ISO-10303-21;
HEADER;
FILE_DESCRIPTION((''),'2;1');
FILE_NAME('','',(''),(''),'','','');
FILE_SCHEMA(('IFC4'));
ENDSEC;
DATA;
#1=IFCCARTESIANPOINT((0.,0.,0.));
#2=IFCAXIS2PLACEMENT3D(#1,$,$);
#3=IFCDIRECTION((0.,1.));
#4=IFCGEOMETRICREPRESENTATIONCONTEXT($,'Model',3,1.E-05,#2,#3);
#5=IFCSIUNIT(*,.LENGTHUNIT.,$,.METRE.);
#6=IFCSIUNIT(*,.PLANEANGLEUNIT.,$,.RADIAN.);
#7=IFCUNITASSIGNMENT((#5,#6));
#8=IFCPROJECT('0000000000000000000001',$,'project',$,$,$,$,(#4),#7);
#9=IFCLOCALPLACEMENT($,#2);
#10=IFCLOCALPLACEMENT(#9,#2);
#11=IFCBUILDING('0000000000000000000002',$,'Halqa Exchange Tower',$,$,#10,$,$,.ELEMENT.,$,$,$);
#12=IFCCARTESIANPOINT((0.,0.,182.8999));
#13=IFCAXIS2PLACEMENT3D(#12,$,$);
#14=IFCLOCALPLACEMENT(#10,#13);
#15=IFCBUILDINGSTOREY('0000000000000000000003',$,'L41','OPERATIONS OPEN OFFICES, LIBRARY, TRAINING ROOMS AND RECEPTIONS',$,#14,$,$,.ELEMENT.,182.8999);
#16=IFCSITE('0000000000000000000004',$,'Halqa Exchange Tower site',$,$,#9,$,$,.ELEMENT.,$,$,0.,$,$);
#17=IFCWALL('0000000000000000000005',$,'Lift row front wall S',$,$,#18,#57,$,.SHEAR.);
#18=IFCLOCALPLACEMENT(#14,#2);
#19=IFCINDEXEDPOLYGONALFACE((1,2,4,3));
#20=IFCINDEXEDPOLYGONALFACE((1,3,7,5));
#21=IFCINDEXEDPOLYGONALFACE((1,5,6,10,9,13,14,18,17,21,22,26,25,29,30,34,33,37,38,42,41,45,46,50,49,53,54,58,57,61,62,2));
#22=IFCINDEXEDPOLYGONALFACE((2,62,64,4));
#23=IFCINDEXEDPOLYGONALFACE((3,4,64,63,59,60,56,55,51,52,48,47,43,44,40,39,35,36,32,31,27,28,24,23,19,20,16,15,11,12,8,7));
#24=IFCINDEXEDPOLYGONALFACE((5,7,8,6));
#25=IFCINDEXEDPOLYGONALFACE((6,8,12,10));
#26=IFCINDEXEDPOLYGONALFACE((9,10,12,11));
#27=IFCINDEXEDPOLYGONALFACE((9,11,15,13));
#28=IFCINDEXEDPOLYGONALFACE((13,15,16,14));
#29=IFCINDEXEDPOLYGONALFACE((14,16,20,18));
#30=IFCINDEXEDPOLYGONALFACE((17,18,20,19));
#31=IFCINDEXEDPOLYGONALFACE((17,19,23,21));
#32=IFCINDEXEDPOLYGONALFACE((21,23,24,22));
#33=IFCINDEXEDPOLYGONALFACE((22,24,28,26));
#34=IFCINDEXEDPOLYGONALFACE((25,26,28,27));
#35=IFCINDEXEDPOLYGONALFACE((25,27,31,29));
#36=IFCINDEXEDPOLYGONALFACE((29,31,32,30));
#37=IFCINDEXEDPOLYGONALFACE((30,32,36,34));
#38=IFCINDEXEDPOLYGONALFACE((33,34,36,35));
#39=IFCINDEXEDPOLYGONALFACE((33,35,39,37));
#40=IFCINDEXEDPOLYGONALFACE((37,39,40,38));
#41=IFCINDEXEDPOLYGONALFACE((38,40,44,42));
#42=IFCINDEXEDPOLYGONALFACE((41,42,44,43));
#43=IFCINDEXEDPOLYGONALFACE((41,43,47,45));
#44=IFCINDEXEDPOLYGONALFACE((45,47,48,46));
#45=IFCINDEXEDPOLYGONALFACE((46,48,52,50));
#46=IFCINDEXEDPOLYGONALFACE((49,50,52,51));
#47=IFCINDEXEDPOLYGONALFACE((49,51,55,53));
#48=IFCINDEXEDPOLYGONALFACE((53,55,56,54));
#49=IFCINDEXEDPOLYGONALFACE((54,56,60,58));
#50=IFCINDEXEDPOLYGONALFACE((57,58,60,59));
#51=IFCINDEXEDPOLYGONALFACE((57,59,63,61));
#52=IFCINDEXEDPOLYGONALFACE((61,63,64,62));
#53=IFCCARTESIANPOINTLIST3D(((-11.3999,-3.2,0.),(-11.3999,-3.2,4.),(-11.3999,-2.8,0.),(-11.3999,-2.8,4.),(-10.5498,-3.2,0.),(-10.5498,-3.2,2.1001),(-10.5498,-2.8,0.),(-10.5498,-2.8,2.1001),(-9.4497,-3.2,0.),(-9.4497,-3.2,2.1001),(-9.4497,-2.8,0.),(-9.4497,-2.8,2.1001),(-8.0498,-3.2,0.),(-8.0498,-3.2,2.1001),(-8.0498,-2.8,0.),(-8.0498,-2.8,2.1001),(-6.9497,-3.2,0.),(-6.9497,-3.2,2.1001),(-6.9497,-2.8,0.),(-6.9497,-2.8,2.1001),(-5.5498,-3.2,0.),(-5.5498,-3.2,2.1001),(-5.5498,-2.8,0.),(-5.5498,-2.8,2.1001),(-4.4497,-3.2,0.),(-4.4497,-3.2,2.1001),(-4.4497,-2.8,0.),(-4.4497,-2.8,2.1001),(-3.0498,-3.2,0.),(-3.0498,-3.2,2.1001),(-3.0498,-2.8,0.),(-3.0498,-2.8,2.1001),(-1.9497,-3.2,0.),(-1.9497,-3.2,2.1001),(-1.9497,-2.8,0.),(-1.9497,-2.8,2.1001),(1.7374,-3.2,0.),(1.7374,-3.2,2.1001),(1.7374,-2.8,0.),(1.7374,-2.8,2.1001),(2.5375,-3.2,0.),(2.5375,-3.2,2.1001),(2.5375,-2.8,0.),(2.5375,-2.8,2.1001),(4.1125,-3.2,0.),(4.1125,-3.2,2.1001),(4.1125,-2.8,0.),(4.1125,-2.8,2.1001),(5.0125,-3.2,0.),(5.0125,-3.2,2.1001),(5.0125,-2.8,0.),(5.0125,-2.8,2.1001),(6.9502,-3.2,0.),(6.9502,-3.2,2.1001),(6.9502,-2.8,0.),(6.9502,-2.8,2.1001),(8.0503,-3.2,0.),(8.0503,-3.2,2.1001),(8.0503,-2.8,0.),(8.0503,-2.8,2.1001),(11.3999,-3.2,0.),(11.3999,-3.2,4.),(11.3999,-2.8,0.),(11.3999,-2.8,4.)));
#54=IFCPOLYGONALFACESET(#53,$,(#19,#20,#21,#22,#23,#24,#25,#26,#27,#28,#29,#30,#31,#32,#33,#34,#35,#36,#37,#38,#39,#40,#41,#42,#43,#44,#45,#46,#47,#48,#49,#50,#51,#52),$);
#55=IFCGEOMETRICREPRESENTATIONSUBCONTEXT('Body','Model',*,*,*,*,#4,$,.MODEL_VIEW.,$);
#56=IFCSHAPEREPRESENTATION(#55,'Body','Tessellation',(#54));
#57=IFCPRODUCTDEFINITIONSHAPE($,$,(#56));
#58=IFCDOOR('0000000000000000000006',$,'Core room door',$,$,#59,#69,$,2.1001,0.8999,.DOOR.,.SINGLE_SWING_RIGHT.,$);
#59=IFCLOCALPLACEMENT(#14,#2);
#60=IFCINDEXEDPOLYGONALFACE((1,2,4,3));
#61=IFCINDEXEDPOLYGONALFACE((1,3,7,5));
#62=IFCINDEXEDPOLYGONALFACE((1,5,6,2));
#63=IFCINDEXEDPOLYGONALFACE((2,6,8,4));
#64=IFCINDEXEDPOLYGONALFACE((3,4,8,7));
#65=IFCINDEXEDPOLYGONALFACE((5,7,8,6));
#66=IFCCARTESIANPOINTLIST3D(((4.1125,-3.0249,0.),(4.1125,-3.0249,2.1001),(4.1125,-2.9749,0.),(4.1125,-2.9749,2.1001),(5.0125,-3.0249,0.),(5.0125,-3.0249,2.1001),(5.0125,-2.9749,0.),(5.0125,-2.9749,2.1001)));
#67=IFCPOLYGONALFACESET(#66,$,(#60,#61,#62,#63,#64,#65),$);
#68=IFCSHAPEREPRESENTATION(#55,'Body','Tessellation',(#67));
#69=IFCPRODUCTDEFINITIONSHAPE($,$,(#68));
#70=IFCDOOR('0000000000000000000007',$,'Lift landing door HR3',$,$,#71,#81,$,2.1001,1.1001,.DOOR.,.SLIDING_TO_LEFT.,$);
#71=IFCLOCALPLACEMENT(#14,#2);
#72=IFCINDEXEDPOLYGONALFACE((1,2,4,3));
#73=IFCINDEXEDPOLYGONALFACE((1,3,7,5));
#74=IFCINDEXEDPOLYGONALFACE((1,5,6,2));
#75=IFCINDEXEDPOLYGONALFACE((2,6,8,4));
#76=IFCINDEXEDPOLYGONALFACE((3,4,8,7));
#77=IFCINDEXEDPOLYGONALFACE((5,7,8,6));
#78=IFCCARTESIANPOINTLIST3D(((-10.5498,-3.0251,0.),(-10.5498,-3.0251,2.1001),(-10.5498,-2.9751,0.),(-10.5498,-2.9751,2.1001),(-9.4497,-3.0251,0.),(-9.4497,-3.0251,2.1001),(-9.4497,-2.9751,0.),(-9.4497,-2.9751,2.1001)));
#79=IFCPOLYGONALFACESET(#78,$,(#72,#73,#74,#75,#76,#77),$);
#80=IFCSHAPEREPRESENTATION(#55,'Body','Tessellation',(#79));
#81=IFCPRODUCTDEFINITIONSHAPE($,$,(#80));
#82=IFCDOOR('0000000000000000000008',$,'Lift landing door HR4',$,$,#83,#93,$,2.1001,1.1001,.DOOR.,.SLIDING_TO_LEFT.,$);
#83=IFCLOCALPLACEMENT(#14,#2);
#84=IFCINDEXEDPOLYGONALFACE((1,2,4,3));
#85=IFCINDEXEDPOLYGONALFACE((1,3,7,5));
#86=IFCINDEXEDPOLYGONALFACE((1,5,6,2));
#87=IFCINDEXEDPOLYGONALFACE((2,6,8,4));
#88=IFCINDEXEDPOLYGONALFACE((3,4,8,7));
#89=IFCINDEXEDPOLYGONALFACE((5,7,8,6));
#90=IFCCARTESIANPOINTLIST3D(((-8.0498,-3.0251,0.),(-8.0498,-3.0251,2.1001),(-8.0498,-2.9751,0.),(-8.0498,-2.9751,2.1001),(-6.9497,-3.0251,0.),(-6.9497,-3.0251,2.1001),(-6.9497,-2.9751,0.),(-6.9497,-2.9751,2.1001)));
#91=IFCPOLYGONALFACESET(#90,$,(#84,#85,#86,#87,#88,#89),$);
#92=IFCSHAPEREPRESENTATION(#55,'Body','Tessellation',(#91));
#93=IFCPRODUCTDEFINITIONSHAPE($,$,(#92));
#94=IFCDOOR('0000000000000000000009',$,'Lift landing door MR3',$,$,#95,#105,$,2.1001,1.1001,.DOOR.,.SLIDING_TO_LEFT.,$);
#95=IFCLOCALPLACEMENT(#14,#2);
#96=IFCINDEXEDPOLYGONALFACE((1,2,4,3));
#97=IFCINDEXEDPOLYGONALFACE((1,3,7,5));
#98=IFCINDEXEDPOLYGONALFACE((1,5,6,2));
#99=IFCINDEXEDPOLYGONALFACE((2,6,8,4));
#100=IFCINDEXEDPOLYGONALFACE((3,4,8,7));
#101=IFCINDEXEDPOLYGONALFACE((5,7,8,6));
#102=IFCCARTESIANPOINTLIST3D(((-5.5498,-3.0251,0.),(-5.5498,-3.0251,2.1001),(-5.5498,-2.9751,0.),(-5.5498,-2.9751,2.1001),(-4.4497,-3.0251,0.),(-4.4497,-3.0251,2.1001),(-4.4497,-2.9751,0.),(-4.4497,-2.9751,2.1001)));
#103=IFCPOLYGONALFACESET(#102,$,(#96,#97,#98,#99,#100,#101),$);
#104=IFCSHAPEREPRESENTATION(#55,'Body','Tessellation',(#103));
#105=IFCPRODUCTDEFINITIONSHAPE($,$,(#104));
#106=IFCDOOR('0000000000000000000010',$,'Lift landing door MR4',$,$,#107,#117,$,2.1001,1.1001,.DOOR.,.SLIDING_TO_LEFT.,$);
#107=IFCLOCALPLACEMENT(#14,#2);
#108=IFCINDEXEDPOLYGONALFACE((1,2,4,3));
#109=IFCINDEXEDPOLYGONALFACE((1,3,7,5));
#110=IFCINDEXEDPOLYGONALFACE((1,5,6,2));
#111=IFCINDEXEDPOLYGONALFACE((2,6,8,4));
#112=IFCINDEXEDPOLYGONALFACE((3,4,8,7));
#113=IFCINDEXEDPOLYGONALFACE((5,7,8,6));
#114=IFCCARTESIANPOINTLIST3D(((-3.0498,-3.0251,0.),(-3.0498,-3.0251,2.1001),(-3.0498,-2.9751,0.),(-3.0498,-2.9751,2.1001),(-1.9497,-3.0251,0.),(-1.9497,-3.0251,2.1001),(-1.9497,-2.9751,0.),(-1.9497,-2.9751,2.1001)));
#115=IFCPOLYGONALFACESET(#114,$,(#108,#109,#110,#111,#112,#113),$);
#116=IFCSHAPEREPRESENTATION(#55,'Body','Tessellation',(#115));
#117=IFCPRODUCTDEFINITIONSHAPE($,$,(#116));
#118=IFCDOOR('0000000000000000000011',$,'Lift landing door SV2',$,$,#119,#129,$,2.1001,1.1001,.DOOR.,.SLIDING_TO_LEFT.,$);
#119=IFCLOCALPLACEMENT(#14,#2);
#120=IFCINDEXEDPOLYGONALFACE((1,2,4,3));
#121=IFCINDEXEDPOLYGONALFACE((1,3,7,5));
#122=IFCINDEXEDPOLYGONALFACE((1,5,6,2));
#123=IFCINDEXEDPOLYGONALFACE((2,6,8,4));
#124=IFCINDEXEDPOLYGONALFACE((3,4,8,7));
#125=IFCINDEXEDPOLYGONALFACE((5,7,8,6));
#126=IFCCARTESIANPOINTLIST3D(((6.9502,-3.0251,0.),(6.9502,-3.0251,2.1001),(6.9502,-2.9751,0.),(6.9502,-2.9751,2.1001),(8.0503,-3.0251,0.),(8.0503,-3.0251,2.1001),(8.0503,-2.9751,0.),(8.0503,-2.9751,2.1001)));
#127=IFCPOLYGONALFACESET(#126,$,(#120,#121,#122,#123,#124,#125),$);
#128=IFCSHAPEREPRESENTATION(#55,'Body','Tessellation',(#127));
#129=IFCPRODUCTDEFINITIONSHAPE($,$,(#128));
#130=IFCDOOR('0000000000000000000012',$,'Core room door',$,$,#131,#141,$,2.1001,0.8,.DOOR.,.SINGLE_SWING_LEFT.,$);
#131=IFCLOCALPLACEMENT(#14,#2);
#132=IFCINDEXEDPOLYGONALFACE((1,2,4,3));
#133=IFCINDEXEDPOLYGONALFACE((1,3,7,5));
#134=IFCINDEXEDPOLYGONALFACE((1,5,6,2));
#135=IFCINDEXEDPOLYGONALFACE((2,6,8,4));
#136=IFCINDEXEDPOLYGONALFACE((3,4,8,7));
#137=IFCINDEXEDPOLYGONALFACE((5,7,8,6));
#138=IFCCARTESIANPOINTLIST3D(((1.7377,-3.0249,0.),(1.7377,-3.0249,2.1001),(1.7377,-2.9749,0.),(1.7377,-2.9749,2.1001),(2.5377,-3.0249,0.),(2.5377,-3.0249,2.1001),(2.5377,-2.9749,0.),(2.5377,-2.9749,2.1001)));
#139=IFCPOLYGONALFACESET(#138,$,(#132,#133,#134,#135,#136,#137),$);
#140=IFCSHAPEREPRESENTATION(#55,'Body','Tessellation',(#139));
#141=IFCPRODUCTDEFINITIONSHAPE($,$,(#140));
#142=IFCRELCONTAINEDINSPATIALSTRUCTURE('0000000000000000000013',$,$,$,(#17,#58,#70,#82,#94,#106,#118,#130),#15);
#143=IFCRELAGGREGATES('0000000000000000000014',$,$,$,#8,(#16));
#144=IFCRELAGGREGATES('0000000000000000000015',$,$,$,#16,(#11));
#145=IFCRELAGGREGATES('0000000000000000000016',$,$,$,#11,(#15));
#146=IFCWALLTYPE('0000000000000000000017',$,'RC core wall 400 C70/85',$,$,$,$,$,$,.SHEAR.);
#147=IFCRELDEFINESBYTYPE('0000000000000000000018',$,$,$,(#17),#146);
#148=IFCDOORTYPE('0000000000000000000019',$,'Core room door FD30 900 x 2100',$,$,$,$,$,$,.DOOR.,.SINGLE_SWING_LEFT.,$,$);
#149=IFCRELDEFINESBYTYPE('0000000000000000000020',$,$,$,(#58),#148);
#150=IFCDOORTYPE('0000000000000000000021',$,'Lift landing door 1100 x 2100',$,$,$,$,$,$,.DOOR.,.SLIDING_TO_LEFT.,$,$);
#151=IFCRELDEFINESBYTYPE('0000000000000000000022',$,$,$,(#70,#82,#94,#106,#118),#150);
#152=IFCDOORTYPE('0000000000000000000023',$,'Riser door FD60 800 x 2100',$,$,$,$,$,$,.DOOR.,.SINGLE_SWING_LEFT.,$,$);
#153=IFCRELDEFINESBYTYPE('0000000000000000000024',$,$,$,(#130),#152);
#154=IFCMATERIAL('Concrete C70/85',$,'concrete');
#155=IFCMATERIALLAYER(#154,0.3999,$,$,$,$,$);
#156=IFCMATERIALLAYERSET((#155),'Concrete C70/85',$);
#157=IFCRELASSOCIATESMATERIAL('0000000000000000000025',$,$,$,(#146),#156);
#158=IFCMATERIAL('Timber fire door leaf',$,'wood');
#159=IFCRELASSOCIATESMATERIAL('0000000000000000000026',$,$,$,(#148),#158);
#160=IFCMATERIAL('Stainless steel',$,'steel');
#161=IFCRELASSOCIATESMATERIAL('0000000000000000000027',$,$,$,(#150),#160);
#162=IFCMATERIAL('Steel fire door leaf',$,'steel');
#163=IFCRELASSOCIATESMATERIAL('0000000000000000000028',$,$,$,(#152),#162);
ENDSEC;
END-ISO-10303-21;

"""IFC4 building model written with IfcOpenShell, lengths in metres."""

from ifc_helpers import new_model, si_unit, direction, frame, frame_2d, origin, place, context, subcontext, project, spatial, rectangle, extrude, material, layer, layer_set, type_object, element, fill, save


model = new_model("IFC4")

# Units and contexts
model_context = context("Model", 3, precision=1e-05, world=origin(), true_north=direction((0.0, 1.0)))
body_context = subcontext(model_context, "Body", "Model", "MODEL_VIEW")
ifc_project = project(units=[si_unit("LENGTHUNIT", "METRE"), si_unit("PLANEANGLEUNIT", "RADIAN")], contexts=[model_context])

# Site, building, storey
site_placement = place(None, origin())
site = spatial("IfcSite", under=ifc_project, at=site_placement, Name="Halqa Exchange Tower site", CompositionType="ELEMENT", RefElevation=0.0)
building_placement = place(site_placement, origin())
building = spatial("IfcBuilding", under=site, at=building_placement, Name="Halqa Exchange Tower", CompositionType="ELEMENT")
storey_placement = place(building_placement, frame((0.0, 0.0, 182.8999)))
storey = spatial("IfcBuildingStorey", under=building, at=storey_placement, Name="L41", Description="OPERATIONS OPEN OFFICES, LIBRARY, TRAINING ROOMS AND RECEPTIONS", CompositionType="ELEMENT", Elevation=182.8999)

# Wall, openings, doors
ifc_material_1 = material(Name="Concrete C70/85", Category="concrete")
ifc_layer_1 = layer(ifc_material_1, 0.3999)
ifc_layer_set_1 = layer_set([ifc_layer_1], Name="Concrete C70/85")
wall_type_1 = type_object("IfcWallType", Name="RC core wall 400 C70/85", PredefinedType="SHEAR", material=ifc_layer_set_1)
wall_1_placement = place(storey_placement, frame((-11.3999, -3.0, 0.0), z_axis=(0.0, 0.0, 1.0), x_axis=(1.0, 0.0, 0.0)))
wall_1 = element("IfcWall", 1, at=wall_1_placement, inside=storey, type_object=wall_type_1, Name="Lift row front wall S", PredefinedType="SHEAR", context=body_context, shape_type="SweptSolid", body=[
    extrude(rectangle(XDim=22.7998, YDim=0.3999, at=frame_2d((11.3999, 0.0))), origin(), (0.0, 0.0, 1.0), 4.0),
])
opening_1_placement = place(wall_1_placement, frame((0.8501, 0.0, 0.0)))
opening_1 = element("IfcOpeningElement", 2, at=opening_1_placement, cuts=wall_1, PredefinedType="OPENING", context=body_context, shape_type="SweptSolid", body=[
    extrude(rectangle(XDim=1.1001, YDim=2.1001, at=frame_2d((0.55, 1.05))), frame((0.0, 0.2119, 0.0), z_axis=(0.0, -1.0, 0.0), x_axis=(1.0, 0.0, 0.0)), (0.0, 0.0, 1.0), 0.4238),
])
opening_2_placement = place(wall_1_placement, frame((3.3501, 0.0, 0.0)))
opening_2 = element("IfcOpeningElement", 3, at=opening_2_placement, cuts=wall_1, PredefinedType="OPENING", context=body_context, shape_type="SweptSolid", body=[
    extrude(rectangle(XDim=1.1001, YDim=2.1001, at=frame_2d((0.55, 1.05))), frame((0.0, 0.2119, 0.0), z_axis=(0.0, -1.0, 0.0), x_axis=(1.0, 0.0, 0.0)), (0.0, 0.0, 1.0), 0.4238),
])
opening_3_placement = place(wall_1_placement, frame((5.8501, 0.0, 0.0)))
opening_3 = element("IfcOpeningElement", 4, at=opening_3_placement, cuts=wall_1, PredefinedType="OPENING", context=body_context, shape_type="SweptSolid", body=[
    extrude(rectangle(XDim=1.1001, YDim=2.1001, at=frame_2d((0.55, 1.05))), frame((0.0, 0.2119, 0.0), z_axis=(0.0, -1.0, 0.0), x_axis=(1.0, 0.0, 0.0)), (0.0, 0.0, 1.0), 0.4238),
])
opening_4_placement = place(wall_1_placement, frame((8.3501, 0.0, 0.0)))
opening_4 = element("IfcOpeningElement", 5, at=opening_4_placement, cuts=wall_1, PredefinedType="OPENING", context=body_context, shape_type="SweptSolid", body=[
    extrude(rectangle(XDim=1.1001, YDim=2.1001, at=frame_2d((0.55, 1.05))), frame((0.0, 0.2119, 0.0), z_axis=(0.0, -1.0, 0.0), x_axis=(1.0, 0.0, 0.0)), (0.0, 0.0, 1.0), 0.4238),
])
opening_5_placement = place(wall_1_placement, frame((18.3501, 0.0, 0.0)))
opening_5 = element("IfcOpeningElement", 6, at=opening_5_placement, cuts=wall_1, PredefinedType="OPENING", context=body_context, shape_type="SweptSolid", body=[
    extrude(rectangle(XDim=1.1001, YDim=2.1001, at=frame_2d((0.55, 1.05))), frame((0.0, 0.2119, 0.0), z_axis=(0.0, -1.0, 0.0), x_axis=(1.0, 0.0, 0.0)), (0.0, 0.0, 1.0), 0.4238),
])
opening_6_placement = place(wall_1_placement, frame((13.1375, 0.0, 0.0)))
opening_6 = element("IfcOpeningElement", 7, at=opening_6_placement, cuts=wall_1, PredefinedType="OPENING", context=body_context, shape_type="SweptSolid", body=[
    extrude(rectangle(XDim=0.8, YDim=2.1001, at=frame_2d((0.3999, 1.05))), frame((0.0, 0.2119, 0.0), z_axis=(0.0, -1.0, 0.0), x_axis=(1.0, 0.0, 0.0)), (0.0, 0.0, 1.0), 0.4238),
])
opening_7_placement = place(wall_1_placement, frame((15.5125, 0.0, 0.0)))
opening_7 = element("IfcOpeningElement", 8, at=opening_7_placement, cuts=wall_1, PredefinedType="OPENING", context=body_context, shape_type="SweptSolid", body=[
    extrude(rectangle(XDim=0.8999, YDim=2.1001, at=frame_2d((0.45, 1.05))), frame((0.0, 0.2119, 0.0), z_axis=(0.0, -1.0, 0.0), x_axis=(1.0, 0.0, 0.0)), (0.0, 0.0, 1.0), 0.4238),
])
ifc_material_2 = material(Name="Timber fire door leaf", Category="wood")
door_type_1 = type_object("IfcDoorType", Name="Core room door FD30 900 x 2100", OperationType="SINGLE_SWING_LEFT", PredefinedType="DOOR", material=ifc_material_2)
door_1_placement = place(opening_7_placement, frame((0.8999, 0.0, 0.0), z_axis=(0.0, 0.0, 1.0), x_axis=(-1.0, 0.0, 0.0)))
door_1 = element("IfcDoor", 9, at=door_1_placement, inside=storey, type_object=door_type_1, Name="Core room door", OperationType="SINGLE_SWING_RIGHT", OverallHeight=2.1001, OverallWidth=0.8999, PredefinedType="DOOR", context=body_context, shape_type="SweptSolid", body=[
    extrude(rectangle(XDim=0.8999, YDim=2.1001, at=frame_2d((0.45, 1.05))), frame((0.0, 0.0249, 0.0), z_axis=(0.0, -1.0, 0.0), x_axis=(1.0, 0.0, 0.0)), (0.0, 0.0, 1.0), 0.05),
])
fill(opening_7, door_1)
ifc_material_3 = material(Name="Stainless steel", Category="steel")
door_type_2 = type_object("IfcDoorType", Name="Lift landing door 1100 x 2100", OperationType="SLIDING_TO_LEFT", PredefinedType="DOOR", material=ifc_material_3)
door_2_placement = place(opening_1_placement, origin())
door_2 = element("IfcDoor", 10, at=door_2_placement, inside=storey, type_object=door_type_2, Name="Lift landing door HR3", OperationType="SLIDING_TO_LEFT", OverallHeight=2.1001, OverallWidth=1.1001, PredefinedType="DOOR", context=body_context, shape_type="SweptSolid", body=[
    extrude(rectangle(XDim=1.1001, YDim=2.1001, at=frame_2d((0.55, 1.05))), frame((0.0, 0.0249, 0.0), z_axis=(0.0, -1.0, 0.0), x_axis=(1.0, 0.0, 0.0)), (0.0, 0.0, 1.0), 0.05),
])
fill(opening_1, door_2)
door_3_placement = place(opening_2_placement, origin())
door_3 = element("IfcDoor", 11, at=door_3_placement, inside=storey, type_object=door_type_2, Name="Lift landing door HR4", OperationType="SLIDING_TO_LEFT", OverallHeight=2.1001, OverallWidth=1.1001, PredefinedType="DOOR", context=body_context, shape_type="SweptSolid", body=[
    extrude(rectangle(XDim=1.1001, YDim=2.1001, at=frame_2d((0.55, 1.05))), frame((0.0, 0.0249, 0.0), z_axis=(0.0, -1.0, 0.0), x_axis=(1.0, 0.0, 0.0)), (0.0, 0.0, 1.0), 0.05),
])
fill(opening_2, door_3)
door_4_placement = place(opening_3_placement, origin())
door_4 = element("IfcDoor", 12, at=door_4_placement, inside=storey, type_object=door_type_2, Name="Lift landing door MR3", OperationType="SLIDING_TO_LEFT", OverallHeight=2.1001, OverallWidth=1.1001, PredefinedType="DOOR", context=body_context, shape_type="SweptSolid", body=[
    extrude(rectangle(XDim=1.1001, YDim=2.1001, at=frame_2d((0.55, 1.05))), frame((0.0, 0.0249, 0.0), z_axis=(0.0, -1.0, 0.0), x_axis=(1.0, 0.0, 0.0)), (0.0, 0.0, 1.0), 0.05),
])
fill(opening_3, door_4)
door_5_placement = place(opening_4_placement, origin())
door_5 = element("IfcDoor", 13, at=door_5_placement, inside=storey, type_object=door_type_2, Name="Lift landing door MR4", OperationType="SLIDING_TO_LEFT", OverallHeight=2.1001, OverallWidth=1.1001, PredefinedType="DOOR", context=body_context, shape_type="SweptSolid", body=[
    extrude(rectangle(XDim=1.1001, YDim=2.1001, at=frame_2d((0.55, 1.05))), frame((0.0, 0.0249, 0.0), z_axis=(0.0, -1.0, 0.0), x_axis=(1.0, 0.0, 0.0)), (0.0, 0.0, 1.0), 0.05),
])
fill(opening_4, door_5)
door_6_placement = place(opening_5_placement, origin())
door_6 = element("IfcDoor", 14, at=door_6_placement, inside=storey, type_object=door_type_2, Name="Lift landing door SV2", OperationType="SLIDING_TO_LEFT", OverallHeight=2.1001, OverallWidth=1.1001, PredefinedType="DOOR", context=body_context, shape_type="SweptSolid", body=[
    extrude(rectangle(XDim=1.1001, YDim=2.1001, at=frame_2d((0.55, 1.05))), frame((0.0, 0.0249, 0.0), z_axis=(0.0, -1.0, 0.0), x_axis=(1.0, 0.0, 0.0)), (0.0, 0.0, 1.0), 0.05),
])
fill(opening_5, door_6)
ifc_material_4 = material(Name="Steel fire door leaf", Category="steel")
door_type_3 = type_object("IfcDoorType", Name="Riser door FD60 800 x 2100", OperationType="SINGLE_SWING_LEFT", PredefinedType="DOOR", material=ifc_material_4)
door_7_placement = place(opening_6_placement, frame((0.8, 0.0, 0.0), z_axis=(0.0, 0.0, 1.0), x_axis=(-1.0, 0.0, 0.0)))
door_7 = element("IfcDoor", 15, at=door_7_placement, inside=storey, type_object=door_type_3, Name="Core room door", OperationType="SINGLE_SWING_LEFT", OverallHeight=2.1001, OverallWidth=0.8, PredefinedType="DOOR", context=body_context, shape_type="SweptSolid", body=[
    extrude(rectangle(XDim=0.8, YDim=2.1001, at=frame_2d((0.3999, 1.05))), frame((0.0, 0.0249, 0.0), z_axis=(0.0, -1.0, 0.0), x_axis=(1.0, 0.0, 0.0)), (0.0, 0.0, 1.0), 0.05),
])
fill(opening_6, door_7)

save(model, "model.ifc")
